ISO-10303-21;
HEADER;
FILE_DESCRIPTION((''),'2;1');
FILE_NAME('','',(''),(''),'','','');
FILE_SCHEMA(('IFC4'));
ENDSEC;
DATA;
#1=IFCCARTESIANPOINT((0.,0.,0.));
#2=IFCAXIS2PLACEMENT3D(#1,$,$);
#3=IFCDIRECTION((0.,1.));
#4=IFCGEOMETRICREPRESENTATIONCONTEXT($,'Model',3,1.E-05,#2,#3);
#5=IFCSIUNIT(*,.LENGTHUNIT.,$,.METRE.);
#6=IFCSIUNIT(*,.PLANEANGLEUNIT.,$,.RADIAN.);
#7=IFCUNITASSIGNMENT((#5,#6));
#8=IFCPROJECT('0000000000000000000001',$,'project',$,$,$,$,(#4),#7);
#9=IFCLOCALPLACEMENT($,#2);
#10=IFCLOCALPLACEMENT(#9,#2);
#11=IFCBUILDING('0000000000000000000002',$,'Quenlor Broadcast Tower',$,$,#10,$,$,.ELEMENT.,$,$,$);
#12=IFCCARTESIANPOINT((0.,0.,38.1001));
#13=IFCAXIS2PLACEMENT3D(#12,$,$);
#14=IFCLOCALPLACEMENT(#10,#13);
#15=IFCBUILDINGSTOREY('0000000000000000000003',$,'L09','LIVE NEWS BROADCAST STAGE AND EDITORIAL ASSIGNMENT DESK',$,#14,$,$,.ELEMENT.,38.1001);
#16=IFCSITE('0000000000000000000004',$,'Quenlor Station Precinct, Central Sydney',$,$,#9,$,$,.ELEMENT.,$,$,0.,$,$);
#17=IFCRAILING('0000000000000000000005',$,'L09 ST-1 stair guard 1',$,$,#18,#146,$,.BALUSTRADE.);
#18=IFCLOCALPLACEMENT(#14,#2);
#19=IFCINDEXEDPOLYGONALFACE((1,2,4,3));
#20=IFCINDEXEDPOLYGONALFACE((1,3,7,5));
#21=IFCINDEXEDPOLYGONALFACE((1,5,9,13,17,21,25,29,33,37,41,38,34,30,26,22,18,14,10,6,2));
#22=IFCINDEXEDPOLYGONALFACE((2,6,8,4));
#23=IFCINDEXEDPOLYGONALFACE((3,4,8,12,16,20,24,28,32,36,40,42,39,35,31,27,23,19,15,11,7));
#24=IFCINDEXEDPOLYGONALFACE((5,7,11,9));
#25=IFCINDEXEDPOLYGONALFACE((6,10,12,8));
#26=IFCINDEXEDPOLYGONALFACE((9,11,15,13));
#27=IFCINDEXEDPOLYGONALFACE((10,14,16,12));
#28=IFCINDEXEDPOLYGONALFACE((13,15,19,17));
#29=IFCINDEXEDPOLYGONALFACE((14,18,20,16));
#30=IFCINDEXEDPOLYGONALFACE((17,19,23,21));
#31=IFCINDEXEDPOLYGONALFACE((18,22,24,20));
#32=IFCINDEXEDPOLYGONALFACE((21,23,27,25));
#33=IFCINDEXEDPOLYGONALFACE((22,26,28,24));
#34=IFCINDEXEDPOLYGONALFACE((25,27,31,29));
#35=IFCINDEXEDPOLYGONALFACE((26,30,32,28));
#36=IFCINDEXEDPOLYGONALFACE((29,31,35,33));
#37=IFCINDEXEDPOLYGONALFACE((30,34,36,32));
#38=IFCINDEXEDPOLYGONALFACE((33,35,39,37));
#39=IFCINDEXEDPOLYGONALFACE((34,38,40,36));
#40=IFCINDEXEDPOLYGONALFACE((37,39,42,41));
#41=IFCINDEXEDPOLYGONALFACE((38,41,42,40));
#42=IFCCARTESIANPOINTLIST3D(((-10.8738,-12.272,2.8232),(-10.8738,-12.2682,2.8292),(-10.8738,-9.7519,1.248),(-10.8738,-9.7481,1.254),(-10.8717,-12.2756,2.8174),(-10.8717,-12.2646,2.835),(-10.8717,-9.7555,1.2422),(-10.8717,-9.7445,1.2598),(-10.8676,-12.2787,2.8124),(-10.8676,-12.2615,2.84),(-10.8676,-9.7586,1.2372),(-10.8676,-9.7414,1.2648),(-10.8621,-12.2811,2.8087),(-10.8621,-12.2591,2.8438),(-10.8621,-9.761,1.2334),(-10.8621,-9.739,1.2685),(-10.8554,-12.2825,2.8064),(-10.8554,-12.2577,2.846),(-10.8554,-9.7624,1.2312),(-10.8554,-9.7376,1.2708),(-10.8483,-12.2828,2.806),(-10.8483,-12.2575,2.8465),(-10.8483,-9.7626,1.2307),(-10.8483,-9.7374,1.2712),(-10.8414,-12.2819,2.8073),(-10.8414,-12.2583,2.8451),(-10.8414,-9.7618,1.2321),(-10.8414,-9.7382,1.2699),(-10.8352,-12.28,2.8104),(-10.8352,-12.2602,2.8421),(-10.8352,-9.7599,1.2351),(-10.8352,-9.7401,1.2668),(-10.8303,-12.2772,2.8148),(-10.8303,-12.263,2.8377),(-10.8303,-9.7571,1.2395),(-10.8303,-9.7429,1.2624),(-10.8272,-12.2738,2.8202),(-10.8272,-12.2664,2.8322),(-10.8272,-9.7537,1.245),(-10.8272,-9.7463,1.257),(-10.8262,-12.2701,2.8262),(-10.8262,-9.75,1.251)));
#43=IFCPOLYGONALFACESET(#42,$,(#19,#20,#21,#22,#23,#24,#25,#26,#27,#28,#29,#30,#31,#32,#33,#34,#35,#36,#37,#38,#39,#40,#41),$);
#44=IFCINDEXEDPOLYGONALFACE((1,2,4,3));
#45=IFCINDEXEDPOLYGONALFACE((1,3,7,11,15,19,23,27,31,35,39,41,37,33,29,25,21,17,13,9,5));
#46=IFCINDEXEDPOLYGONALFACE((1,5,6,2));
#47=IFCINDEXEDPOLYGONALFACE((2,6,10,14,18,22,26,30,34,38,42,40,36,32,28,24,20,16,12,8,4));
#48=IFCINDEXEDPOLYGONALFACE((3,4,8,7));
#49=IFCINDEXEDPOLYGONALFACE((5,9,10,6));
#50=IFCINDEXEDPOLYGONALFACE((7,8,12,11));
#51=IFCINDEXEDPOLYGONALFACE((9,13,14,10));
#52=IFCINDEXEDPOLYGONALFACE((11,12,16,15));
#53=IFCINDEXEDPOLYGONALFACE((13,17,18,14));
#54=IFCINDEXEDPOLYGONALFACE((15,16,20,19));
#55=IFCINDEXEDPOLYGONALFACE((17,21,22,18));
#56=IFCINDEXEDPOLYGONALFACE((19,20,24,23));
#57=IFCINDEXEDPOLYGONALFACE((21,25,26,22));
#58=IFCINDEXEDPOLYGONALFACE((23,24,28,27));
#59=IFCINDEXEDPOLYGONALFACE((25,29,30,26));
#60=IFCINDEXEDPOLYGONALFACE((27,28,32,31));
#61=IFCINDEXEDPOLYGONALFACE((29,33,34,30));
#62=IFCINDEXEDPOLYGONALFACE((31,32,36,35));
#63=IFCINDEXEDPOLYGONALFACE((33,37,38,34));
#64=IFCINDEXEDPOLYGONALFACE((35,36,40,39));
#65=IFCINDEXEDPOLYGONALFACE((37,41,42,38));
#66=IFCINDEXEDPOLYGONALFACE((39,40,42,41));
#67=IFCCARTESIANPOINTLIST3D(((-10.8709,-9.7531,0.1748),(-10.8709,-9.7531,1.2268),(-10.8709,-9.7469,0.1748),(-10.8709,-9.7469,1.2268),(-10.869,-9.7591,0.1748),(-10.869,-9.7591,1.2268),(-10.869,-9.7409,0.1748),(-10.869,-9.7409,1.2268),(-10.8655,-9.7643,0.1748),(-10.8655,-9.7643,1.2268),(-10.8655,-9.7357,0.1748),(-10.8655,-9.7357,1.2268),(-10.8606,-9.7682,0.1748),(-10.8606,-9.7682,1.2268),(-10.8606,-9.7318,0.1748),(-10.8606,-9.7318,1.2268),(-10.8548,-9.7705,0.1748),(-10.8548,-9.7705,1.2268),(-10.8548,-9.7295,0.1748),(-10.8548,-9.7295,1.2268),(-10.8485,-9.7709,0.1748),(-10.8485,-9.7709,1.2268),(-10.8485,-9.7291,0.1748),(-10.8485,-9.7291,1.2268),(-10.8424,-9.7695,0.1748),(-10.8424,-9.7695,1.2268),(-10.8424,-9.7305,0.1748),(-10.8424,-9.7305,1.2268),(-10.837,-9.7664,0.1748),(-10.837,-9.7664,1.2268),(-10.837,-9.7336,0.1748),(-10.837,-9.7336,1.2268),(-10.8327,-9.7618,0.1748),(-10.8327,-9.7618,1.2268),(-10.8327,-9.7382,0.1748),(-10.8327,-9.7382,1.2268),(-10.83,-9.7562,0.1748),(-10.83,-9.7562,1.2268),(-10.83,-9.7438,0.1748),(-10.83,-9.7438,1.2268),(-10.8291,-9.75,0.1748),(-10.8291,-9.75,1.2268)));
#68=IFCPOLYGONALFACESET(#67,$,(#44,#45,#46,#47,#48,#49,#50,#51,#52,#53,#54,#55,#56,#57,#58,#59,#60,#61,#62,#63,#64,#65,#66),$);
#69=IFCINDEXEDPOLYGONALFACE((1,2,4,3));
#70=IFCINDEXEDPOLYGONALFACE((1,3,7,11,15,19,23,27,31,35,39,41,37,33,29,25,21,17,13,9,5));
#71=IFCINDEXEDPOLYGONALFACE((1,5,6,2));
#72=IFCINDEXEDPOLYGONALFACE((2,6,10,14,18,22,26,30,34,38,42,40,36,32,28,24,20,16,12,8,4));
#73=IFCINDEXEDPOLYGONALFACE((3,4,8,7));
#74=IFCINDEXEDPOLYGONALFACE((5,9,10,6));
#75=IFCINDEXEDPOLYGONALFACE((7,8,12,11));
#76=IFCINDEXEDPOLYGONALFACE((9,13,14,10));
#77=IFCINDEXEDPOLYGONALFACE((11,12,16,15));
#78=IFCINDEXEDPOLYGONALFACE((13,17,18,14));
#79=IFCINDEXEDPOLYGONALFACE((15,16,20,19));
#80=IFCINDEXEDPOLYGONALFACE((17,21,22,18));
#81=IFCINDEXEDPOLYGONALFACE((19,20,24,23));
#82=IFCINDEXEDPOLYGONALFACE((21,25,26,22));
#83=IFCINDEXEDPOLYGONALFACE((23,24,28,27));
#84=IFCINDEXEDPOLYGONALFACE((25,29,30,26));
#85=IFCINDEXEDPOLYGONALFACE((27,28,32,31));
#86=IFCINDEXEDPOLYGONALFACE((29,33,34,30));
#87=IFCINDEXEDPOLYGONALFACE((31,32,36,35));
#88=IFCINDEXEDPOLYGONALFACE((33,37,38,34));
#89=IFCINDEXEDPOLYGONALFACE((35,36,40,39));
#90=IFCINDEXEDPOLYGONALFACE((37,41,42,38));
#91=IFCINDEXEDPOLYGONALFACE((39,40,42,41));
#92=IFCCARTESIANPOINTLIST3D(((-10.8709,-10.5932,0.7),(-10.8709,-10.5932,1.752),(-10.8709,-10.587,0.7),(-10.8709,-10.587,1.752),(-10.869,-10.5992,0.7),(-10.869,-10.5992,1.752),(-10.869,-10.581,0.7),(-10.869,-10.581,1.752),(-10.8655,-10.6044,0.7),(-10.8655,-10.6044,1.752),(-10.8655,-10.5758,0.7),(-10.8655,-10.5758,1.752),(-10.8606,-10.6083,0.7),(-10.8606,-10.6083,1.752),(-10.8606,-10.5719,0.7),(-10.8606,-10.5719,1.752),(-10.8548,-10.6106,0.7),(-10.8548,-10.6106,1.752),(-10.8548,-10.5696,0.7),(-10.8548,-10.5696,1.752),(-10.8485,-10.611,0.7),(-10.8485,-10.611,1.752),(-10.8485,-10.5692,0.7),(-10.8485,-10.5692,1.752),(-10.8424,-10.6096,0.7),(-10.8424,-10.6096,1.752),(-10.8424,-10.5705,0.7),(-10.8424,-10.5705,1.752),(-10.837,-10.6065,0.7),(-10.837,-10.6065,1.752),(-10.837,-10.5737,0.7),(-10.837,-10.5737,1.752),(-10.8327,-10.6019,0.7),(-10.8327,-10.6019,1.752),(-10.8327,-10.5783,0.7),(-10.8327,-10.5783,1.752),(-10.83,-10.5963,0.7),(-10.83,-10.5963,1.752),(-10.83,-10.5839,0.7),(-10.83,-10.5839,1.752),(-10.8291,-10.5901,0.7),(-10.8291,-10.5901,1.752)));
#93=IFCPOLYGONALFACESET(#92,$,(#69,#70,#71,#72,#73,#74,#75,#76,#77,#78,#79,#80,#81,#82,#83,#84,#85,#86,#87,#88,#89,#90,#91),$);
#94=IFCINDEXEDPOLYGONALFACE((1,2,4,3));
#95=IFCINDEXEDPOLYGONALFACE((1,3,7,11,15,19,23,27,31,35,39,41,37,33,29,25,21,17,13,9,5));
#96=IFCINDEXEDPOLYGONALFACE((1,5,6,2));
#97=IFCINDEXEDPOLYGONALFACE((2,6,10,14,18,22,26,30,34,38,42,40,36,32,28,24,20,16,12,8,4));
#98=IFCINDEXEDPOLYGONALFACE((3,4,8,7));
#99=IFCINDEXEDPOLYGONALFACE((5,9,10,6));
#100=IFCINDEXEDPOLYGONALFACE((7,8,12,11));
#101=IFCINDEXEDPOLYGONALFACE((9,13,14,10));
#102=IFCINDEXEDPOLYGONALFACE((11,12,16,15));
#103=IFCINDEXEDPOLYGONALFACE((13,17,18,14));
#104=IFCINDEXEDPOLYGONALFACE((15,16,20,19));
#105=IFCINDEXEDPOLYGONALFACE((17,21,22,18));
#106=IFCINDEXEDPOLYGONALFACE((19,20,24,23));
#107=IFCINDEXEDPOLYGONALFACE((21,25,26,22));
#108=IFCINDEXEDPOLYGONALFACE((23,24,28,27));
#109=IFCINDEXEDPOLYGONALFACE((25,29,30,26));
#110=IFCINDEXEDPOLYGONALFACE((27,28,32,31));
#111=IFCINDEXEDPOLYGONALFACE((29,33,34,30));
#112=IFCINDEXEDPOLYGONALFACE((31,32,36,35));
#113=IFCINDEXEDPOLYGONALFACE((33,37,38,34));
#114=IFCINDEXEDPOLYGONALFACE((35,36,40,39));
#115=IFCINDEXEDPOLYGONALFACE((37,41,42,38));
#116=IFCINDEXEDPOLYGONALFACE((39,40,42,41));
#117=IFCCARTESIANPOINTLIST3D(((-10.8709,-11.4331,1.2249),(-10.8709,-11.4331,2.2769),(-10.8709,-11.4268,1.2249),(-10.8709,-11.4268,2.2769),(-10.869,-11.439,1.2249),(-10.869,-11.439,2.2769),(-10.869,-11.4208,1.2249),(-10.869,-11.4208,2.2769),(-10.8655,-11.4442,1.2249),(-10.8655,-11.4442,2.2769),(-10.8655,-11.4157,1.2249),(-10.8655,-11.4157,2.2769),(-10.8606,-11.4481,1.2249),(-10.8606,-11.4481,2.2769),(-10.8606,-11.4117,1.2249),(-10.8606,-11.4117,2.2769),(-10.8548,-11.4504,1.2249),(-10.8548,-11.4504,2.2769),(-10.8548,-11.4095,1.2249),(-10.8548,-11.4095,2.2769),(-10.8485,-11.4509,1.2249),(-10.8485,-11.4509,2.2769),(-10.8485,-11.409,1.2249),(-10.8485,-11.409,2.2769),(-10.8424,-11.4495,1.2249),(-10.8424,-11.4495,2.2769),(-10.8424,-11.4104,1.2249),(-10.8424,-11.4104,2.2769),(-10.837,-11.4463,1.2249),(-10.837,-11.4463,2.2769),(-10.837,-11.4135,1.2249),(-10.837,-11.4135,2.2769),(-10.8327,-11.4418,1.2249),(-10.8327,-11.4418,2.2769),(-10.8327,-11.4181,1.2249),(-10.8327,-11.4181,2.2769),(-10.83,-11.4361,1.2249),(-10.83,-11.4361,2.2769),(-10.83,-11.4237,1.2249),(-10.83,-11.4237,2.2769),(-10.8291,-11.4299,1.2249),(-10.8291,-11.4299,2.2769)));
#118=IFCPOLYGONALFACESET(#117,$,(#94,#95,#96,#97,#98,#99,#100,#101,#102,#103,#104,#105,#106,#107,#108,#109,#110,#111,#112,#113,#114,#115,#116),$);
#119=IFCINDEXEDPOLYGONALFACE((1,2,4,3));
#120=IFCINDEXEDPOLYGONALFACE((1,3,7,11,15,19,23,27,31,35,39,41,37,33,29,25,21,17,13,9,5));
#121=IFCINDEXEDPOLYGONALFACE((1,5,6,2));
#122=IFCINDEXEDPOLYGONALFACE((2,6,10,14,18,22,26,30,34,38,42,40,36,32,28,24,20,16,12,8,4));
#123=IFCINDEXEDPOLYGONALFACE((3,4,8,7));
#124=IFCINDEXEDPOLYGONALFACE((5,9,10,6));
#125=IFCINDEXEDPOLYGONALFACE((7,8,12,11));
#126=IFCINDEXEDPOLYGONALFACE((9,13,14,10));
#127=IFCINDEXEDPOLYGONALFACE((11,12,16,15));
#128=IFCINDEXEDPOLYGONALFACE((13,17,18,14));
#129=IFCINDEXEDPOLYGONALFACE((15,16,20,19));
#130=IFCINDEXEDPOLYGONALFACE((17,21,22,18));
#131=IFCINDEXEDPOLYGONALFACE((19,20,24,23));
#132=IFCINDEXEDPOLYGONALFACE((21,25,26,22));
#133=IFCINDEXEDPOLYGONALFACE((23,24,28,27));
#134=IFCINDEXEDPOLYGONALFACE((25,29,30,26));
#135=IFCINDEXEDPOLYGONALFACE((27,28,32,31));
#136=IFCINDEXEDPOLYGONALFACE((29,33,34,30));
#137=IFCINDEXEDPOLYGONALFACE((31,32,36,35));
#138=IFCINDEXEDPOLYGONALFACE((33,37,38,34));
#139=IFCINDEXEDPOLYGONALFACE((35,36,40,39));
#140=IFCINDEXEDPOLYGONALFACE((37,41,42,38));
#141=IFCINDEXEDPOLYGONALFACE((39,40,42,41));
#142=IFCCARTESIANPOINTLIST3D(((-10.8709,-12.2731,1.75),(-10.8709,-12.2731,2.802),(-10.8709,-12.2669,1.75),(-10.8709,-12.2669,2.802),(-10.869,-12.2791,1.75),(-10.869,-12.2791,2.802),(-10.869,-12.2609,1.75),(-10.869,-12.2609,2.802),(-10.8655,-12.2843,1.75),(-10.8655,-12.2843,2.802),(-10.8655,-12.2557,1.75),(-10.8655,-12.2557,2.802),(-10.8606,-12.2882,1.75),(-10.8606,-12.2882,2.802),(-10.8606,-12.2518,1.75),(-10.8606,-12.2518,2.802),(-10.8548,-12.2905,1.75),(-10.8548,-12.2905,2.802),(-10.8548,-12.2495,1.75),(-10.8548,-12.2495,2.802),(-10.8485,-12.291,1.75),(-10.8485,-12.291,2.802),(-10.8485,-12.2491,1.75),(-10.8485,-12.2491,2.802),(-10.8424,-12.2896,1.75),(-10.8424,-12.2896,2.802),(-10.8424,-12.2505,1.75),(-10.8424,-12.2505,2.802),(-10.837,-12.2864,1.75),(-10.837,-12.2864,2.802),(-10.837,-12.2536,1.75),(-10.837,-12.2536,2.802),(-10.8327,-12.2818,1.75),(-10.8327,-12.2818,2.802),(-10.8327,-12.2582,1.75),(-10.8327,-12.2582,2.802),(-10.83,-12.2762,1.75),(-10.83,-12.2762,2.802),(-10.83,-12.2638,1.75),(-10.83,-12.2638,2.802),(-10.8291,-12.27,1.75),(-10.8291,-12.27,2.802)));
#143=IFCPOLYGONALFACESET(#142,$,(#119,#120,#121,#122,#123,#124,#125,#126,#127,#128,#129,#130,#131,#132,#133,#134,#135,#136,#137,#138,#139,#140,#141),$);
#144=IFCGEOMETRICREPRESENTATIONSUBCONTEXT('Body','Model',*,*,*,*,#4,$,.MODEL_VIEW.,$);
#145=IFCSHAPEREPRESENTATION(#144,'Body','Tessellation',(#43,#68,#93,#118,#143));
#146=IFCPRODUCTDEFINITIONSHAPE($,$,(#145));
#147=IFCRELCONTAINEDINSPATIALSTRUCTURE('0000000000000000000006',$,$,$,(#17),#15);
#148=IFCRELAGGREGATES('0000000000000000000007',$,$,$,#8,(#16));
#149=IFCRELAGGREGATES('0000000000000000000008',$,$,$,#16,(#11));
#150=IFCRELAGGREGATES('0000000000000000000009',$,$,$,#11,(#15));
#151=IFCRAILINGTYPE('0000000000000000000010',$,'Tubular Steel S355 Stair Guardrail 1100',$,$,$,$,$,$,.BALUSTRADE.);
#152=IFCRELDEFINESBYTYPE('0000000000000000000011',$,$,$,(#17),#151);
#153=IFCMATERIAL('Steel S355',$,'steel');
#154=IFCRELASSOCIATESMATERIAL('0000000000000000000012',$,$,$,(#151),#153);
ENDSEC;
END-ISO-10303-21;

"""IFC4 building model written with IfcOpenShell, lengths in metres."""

from ifc_helpers import new_model, si_unit, direction, frame, origin, origin_2d, place, context, subcontext, project, spatial, circle, extrude, material, type_object, element, save


model = new_model("IFC4")

# Units and contexts
model_context = context("Model", 3, precision=1e-05, world=origin(), true_north=direction((0.0, 1.0)))
body_context = subcontext(model_context, "Body", "Model", "MODEL_VIEW")
ifc_project = project(units=[si_unit("LENGTHUNIT", "METRE"), si_unit("PLANEANGLEUNIT", "RADIAN")], contexts=[model_context])

# Site, building, storey
site_placement = place(None, origin())
site = spatial("IfcSite", under=ifc_project, at=site_placement, Name="Quenlor Station Precinct, Central Sydney", CompositionType="ELEMENT", RefElevation=0.0)
building_placement = place(site_placement, origin())
building = spatial("IfcBuilding", under=site, at=building_placement, Name="Quenlor Broadcast Tower", CompositionType="ELEMENT")
storey_placement = place(building_placement, frame((0.0, 0.0, 38.1001)))
storey = spatial("IfcBuildingStorey", under=building, at=storey_placement, Name="L09", Description="LIVE NEWS BROADCAST STAGE AND EDITORIAL ASSIGNMENT DESK", CompositionType="ELEMENT", Elevation=38.1001)

# Railing
ifc_material_1 = material(Name="Steel S355", Category="steel")
railing_type_1 = type_object("IfcRailingType", Name="Tubular Steel S355 Stair Guardrail 1100", PredefinedType="BALUSTRADE", material=ifc_material_1)
railing_1_placement = place(storey_placement, frame((-10.8501, -9.75, 0.1748)))
element("IfcRailing", 1, at=railing_1_placement, inside=storey, type_object=railing_type_1, Name="L09 ST-1 stair guard 1", PredefinedType="BALUSTRADE", context=body_context, shape_type="SweptSolid", body=[
    extrude(circle(Radius=0.0239, at=origin_2d()), frame((0.0, 0.0, 1.0762), z_axis=(0.0, -0.847971, 0.530043), x_axis=(1.0, 0.0, 0.0)), (0.0, 0.0, 1.0), 2.9719),
    extrude(circle(Radius=0.021, at=origin_2d()), origin(), (0.0, 0.0, 1.0), 1.052),
    extrude(circle(Radius=0.021, at=origin_2d()), frame((0.0, -0.8401, 0.5251)), (0.0, 0.0, 1.0), 1.052),
    extrude(circle(Radius=0.021, at=origin_2d()), frame((0.0, -1.6799, 1.05)), (0.0, 0.0, 1.0), 1.052),
    extrude(circle(Radius=0.021, at=origin_2d()), frame((0.0, -2.52, 1.5752)), (0.0, 0.0, 1.0), 1.052),
])

save(model, "model.ifc")
